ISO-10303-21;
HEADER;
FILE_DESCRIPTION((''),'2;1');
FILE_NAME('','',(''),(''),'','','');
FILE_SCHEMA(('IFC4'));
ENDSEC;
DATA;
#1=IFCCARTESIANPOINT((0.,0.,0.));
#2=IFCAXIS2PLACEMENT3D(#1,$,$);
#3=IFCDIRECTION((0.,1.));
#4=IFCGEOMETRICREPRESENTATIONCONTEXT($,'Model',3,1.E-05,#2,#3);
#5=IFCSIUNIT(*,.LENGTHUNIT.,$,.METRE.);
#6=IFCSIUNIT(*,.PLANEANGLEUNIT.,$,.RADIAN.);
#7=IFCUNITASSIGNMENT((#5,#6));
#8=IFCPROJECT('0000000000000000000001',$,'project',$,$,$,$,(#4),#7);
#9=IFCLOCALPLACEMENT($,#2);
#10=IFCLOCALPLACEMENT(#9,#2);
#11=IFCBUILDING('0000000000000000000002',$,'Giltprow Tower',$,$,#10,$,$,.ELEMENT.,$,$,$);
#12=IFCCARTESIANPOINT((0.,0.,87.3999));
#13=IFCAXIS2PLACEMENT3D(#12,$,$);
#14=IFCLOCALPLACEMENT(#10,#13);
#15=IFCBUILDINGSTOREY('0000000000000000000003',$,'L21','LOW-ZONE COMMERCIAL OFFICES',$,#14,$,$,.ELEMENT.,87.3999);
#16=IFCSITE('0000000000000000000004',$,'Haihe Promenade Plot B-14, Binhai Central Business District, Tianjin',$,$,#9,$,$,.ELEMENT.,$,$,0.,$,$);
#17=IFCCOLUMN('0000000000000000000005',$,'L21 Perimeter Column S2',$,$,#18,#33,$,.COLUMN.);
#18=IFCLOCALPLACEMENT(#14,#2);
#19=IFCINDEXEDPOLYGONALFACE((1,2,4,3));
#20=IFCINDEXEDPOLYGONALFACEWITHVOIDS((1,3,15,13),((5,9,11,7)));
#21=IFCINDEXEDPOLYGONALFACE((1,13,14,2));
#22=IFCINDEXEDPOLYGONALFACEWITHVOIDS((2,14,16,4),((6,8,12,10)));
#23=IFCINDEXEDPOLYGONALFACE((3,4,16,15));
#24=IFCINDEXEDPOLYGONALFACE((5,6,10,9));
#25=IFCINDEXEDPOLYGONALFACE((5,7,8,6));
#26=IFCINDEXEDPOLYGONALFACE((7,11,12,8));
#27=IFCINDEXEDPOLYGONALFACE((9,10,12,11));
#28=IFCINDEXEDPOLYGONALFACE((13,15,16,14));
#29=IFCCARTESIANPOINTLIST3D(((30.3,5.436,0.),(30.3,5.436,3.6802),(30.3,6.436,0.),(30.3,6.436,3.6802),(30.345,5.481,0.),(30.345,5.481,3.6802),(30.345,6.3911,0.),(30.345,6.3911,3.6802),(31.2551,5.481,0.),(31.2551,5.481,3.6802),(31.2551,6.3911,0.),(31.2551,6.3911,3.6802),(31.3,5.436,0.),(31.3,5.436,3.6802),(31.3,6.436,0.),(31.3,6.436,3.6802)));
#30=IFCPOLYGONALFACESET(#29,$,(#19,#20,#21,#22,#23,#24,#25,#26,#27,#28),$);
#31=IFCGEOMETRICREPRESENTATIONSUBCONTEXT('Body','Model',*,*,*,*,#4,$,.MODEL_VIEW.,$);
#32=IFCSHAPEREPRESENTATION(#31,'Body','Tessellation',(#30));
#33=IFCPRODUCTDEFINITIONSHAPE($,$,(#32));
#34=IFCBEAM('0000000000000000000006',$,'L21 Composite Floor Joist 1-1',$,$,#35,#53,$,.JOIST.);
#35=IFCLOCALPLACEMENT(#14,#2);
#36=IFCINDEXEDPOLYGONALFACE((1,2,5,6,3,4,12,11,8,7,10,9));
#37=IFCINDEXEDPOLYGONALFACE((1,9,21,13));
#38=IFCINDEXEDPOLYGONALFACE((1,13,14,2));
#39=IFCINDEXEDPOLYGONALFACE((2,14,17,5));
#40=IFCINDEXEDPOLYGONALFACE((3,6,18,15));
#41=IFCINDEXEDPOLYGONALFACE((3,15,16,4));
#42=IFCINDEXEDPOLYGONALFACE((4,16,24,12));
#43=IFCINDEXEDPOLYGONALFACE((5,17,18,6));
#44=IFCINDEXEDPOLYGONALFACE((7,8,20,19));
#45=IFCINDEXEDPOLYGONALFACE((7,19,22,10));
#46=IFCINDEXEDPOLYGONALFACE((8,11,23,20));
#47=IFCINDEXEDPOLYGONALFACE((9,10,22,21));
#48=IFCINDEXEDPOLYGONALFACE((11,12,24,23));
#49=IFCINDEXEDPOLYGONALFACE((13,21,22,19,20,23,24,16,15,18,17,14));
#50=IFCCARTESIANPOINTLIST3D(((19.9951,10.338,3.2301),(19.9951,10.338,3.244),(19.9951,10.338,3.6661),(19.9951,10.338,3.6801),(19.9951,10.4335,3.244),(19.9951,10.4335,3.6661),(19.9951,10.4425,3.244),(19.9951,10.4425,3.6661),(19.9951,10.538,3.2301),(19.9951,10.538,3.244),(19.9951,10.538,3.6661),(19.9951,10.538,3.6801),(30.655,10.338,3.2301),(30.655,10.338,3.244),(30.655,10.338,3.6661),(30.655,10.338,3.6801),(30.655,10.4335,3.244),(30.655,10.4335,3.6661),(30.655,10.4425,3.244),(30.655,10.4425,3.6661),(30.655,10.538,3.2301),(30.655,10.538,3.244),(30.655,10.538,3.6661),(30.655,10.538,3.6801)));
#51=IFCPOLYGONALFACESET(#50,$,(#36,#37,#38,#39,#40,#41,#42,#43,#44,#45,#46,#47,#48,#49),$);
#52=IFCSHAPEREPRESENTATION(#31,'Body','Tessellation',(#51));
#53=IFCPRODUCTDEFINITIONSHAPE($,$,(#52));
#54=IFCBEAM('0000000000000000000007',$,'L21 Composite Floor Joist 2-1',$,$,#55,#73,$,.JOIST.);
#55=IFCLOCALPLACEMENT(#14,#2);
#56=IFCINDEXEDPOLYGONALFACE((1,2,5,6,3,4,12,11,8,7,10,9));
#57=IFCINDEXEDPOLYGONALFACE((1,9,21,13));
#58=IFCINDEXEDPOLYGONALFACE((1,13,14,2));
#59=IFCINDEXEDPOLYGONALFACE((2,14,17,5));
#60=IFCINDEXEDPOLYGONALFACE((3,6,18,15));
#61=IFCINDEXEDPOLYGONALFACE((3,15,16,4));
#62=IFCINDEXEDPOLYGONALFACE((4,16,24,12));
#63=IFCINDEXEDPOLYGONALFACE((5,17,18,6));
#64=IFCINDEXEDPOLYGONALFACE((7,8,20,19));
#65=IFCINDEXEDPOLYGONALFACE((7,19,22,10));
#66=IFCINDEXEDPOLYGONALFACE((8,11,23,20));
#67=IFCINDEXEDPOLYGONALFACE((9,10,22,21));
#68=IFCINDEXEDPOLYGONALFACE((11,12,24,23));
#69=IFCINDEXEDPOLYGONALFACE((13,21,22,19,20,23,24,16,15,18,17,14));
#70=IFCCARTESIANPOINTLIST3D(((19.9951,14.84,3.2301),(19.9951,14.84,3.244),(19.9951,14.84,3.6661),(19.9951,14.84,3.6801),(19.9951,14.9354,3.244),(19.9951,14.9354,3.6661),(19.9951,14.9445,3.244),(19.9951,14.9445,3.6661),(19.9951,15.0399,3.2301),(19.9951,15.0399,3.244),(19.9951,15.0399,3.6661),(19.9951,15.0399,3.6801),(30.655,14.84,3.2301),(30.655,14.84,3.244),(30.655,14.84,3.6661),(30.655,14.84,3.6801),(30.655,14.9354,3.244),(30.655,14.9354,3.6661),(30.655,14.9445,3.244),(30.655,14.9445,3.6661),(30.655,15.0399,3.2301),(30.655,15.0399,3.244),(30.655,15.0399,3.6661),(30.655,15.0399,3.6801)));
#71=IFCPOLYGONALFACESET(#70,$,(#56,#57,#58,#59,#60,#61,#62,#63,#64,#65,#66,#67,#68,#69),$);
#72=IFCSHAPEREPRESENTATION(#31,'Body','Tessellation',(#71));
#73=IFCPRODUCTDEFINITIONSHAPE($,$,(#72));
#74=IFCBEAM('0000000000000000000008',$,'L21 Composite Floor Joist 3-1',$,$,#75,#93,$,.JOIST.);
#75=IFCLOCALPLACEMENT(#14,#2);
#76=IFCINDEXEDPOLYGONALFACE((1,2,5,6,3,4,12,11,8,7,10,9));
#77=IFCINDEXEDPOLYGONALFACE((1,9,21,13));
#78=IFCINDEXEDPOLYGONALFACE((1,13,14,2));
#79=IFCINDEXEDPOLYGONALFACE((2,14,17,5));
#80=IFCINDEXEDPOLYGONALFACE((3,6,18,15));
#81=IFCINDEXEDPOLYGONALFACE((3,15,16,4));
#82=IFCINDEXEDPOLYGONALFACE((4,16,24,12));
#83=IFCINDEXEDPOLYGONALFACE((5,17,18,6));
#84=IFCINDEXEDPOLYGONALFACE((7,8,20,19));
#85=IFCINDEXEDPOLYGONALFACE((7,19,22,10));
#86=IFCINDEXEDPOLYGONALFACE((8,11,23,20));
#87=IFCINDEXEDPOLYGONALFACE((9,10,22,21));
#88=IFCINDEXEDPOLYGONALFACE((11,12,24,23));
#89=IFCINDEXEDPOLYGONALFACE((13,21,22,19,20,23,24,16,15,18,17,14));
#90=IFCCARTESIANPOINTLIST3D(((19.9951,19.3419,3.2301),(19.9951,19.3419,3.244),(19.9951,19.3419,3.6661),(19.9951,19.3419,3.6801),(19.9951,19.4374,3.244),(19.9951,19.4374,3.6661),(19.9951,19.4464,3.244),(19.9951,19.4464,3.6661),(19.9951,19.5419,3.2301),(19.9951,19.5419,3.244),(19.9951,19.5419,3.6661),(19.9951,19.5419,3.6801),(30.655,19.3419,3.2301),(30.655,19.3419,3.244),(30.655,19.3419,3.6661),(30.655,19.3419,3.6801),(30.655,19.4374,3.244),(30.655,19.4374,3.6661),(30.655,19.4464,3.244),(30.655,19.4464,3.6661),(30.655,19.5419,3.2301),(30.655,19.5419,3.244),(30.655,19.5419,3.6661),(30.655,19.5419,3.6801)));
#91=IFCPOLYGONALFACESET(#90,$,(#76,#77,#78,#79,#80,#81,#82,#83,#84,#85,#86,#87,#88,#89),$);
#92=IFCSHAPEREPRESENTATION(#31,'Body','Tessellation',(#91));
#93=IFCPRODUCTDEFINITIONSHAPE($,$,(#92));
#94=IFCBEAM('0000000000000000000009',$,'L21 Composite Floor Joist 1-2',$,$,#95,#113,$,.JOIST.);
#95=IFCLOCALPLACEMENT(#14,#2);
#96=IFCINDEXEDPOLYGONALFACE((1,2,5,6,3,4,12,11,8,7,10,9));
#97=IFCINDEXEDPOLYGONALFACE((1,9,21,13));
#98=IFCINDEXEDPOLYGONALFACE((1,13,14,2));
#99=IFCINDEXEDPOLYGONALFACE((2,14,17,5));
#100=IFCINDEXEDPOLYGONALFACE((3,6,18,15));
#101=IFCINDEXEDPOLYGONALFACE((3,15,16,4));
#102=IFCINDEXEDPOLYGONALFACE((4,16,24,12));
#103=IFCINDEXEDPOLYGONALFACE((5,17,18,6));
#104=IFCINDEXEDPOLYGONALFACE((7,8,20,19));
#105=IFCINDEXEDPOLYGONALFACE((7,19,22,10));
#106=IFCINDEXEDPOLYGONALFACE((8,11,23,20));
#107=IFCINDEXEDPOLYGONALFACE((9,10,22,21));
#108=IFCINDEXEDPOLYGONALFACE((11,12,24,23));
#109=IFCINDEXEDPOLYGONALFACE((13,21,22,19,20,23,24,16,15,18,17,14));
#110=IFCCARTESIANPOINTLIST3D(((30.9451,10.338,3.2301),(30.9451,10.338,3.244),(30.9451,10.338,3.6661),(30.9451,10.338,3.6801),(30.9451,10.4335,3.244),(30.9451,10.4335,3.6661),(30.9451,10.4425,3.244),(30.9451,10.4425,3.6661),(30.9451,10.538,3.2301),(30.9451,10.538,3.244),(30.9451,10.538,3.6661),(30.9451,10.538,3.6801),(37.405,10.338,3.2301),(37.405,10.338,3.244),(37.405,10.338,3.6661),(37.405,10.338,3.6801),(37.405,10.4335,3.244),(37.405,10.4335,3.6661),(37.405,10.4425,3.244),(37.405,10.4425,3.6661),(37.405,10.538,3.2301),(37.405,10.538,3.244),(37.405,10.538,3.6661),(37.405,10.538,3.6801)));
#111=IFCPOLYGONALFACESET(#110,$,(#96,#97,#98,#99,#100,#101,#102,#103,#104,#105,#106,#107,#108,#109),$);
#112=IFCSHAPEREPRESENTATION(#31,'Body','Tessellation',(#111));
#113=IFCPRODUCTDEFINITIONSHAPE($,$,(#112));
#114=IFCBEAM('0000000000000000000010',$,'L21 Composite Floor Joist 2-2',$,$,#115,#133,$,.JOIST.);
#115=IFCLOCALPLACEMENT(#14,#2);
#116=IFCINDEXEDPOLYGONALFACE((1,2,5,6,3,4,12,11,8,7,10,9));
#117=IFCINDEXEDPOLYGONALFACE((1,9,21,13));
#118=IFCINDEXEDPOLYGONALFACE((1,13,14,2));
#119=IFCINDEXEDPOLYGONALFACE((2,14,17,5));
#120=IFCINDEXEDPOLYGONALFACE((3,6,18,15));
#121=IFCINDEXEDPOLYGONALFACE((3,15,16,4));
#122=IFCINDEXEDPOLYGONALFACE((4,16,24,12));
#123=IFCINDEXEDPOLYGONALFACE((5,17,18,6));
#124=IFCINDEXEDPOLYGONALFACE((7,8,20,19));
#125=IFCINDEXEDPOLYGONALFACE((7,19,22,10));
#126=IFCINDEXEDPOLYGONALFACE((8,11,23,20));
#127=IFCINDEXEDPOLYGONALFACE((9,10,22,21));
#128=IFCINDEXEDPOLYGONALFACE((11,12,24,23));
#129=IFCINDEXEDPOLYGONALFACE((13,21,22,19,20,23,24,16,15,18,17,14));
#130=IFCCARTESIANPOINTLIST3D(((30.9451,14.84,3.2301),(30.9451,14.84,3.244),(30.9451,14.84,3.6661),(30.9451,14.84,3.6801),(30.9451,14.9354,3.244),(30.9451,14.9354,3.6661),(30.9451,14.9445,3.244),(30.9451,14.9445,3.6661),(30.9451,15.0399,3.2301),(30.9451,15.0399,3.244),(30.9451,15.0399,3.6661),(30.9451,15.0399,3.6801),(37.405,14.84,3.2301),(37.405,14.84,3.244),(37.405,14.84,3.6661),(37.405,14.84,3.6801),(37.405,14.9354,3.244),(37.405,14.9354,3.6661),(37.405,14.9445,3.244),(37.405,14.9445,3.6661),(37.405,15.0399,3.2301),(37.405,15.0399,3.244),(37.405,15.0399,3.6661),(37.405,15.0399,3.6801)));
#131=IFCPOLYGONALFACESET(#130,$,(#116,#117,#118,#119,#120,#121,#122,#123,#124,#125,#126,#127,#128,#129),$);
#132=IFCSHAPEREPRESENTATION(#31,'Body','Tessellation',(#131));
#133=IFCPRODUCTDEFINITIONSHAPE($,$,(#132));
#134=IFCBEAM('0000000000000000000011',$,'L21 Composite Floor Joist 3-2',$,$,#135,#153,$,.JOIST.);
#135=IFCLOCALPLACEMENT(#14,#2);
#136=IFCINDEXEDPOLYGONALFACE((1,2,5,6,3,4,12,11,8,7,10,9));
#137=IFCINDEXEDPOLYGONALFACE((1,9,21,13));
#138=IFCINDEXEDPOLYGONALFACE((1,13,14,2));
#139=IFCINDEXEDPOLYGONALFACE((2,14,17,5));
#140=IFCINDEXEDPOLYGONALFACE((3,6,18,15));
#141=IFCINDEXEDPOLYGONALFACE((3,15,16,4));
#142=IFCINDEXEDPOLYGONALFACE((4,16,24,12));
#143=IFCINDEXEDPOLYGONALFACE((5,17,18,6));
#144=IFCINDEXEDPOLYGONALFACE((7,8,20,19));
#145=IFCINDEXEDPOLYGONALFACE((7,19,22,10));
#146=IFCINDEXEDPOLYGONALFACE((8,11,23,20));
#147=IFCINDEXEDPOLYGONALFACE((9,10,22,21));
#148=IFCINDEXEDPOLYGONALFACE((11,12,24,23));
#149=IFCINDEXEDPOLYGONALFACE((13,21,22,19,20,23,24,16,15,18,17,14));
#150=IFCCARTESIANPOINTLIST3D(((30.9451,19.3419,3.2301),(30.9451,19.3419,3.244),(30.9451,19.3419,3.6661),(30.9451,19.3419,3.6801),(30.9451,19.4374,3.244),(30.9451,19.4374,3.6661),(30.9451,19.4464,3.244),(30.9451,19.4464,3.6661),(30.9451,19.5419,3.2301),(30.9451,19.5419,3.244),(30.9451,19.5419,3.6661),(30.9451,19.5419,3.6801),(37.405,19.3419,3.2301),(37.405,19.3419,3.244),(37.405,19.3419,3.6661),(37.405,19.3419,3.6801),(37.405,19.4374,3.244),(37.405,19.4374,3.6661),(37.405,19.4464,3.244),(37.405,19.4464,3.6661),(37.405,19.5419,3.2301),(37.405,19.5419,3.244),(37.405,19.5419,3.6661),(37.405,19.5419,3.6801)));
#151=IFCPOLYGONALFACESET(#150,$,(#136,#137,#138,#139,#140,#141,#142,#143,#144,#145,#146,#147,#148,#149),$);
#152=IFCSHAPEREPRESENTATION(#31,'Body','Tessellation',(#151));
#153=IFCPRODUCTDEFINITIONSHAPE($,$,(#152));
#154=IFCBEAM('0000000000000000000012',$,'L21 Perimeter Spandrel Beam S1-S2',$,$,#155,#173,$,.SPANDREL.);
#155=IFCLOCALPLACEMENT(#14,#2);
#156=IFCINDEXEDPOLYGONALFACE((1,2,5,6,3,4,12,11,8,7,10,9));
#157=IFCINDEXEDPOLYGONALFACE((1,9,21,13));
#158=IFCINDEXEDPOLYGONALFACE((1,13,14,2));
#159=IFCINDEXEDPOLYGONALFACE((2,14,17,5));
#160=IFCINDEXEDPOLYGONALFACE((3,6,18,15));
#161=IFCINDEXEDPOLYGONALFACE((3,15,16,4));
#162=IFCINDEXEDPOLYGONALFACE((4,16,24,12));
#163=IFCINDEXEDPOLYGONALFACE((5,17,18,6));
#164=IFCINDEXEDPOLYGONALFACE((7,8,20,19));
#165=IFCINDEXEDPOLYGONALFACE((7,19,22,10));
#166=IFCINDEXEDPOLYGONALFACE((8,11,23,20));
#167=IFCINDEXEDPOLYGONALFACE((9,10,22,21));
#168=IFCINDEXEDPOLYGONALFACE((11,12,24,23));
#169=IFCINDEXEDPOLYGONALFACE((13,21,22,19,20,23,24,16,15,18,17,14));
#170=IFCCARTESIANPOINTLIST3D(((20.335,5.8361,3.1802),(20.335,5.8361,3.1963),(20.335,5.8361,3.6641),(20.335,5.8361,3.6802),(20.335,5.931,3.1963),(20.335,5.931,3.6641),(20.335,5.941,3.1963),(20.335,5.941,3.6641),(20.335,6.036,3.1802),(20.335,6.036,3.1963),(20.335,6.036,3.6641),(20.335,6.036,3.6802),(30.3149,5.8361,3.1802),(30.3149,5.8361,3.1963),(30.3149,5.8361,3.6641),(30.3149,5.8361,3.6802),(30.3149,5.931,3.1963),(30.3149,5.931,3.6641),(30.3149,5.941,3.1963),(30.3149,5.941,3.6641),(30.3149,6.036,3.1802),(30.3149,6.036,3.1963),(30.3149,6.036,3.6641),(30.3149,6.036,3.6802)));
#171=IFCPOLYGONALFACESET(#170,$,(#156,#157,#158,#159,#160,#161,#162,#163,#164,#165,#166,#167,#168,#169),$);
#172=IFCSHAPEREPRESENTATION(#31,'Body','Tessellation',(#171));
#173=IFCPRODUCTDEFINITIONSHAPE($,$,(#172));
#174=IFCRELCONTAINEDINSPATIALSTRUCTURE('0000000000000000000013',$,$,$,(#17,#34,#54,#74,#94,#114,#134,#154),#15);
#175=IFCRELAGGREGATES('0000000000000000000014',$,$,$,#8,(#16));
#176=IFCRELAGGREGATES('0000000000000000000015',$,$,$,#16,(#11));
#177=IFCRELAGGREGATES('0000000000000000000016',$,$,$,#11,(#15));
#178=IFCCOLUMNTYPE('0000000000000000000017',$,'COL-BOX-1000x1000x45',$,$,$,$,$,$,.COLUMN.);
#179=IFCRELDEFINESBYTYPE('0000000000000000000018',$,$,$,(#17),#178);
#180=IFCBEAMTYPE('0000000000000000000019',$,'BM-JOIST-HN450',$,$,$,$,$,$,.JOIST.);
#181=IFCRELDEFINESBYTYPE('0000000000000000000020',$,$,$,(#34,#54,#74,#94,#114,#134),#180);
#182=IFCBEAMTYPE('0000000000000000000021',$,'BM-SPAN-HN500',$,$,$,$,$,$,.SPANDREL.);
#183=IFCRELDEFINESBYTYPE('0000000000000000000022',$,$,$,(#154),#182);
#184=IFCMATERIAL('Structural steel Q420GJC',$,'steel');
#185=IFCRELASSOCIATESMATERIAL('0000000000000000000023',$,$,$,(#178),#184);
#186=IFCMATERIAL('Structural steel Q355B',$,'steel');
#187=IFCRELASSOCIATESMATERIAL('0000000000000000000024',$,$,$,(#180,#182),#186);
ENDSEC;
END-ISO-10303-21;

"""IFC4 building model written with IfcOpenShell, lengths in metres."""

from ifc_helpers import new_model, si_unit, direction, frame, origin, origin_2d, place, context, subcontext, project, spatial, hollow_rectangle, i_section, extrude, source, transform, mapped, material, material_profile, profile_set, type_object, element, save


model = new_model("IFC4")

# Units and contexts
model_context = context("Model", 3, precision=1e-05, world=origin(), true_north=direction((0.0, 1.0)))
body_context = subcontext(model_context, "Body", "Model", "MODEL_VIEW")
ifc_project = project(units=[si_unit("LENGTHUNIT", "METRE"), si_unit("PLANEANGLEUNIT", "RADIAN")], contexts=[model_context])

# Site, building, storey
site_placement = place(None, origin())
site = spatial("IfcSite", under=ifc_project, at=site_placement, Name="Haihe Promenade Plot B-14, Binhai Central Business District, Tianjin", CompositionType="ELEMENT", RefElevation=0.0)
building_placement = place(site_placement, origin())
building = spatial("IfcBuilding", under=site, at=building_placement, Name="Giltprow Tower", CompositionType="ELEMENT")
storey_placement = place(building_placement, frame((0.0, 0.0, 87.3999)))
storey = spatial("IfcBuildingStorey", under=building, at=storey_placement, Name="L21", Description="LOW-ZONE COMMERCIAL OFFICES", CompositionType="ELEMENT", Elevation=87.3999)

# Column
ifc_material_1 = material(Name="Structural steel Q420GJC", Category="steel")
ifc_material_profile_1 = material_profile(ifc_material_1, hollow_rectangle(XDim=1.0, YDim=1.0, WallThickness=0.0449, at=origin_2d()), Name="BOX 1000x1000x45")
ifc_profile_set_1 = profile_set([ifc_material_profile_1], Name="Structural steel Q420GJC")
column_type = type_object("IfcColumnType", Name="COL-BOX-1000x1000x45", PredefinedType="COLUMN", material=ifc_profile_set_1)
shared_shape_1 = source(origin(), body_context, "Body", "SweptSolid", [
    extrude(hollow_rectangle(XDim=1.0, YDim=1.0, WallThickness=0.0449, at=origin_2d()), origin(), (0.0, 0.0, 1.0), 3.6802),
])
column_placement = place(storey_placement, frame((30.8, 5.936, 0.0), z_axis=(0.0, 0.0, 1.0), x_axis=(1.0, 0.0, 0.0)))
element("IfcColumn", 1, at=column_placement, inside=storey, type_object=column_type, Name="L21 Perimeter Column S2", PredefinedType="COLUMN", context=body_context, shape_type="MappedRepresentation", body=[
    mapped(shared_shape_1, transform((0.0, 0.0, 0.0), x_axis=(1.0, 0.0, 0.0), y_axis=(0.0, 1.0, 0.0), z_axis=(0.0, 0.0, 1.0), scale=1.0)),
])

# Beams
ifc_material_2 = material(Name="Structural steel Q355B", Category="steel")
ifc_material_profile_2 = material_profile(ifc_material_2, i_section(OverallWidth=0.2, OverallDepth=0.45, WebThickness=0.009, FlangeThickness=0.0139, at=origin_2d()), Name="HN 450x200x9x14")
ifc_profile_set_2 = profile_set([ifc_material_profile_2], Name="Structural steel Q355B")
beam_type_1 = type_object("IfcBeamType", Name="BM-JOIST-HN450", PredefinedType="JOIST", material=ifc_profile_set_2)
shared_shape_2 = source(origin(), body_context, "Body", "SweptSolid", [
    extrude(i_section(OverallWidth=0.2, OverallDepth=0.45, WebThickness=0.009, FlangeThickness=0.0139, at=origin_2d()), origin(), (0.0, 0.0, 1.0), 10.6599),
])
for number, where, z_axis, x_axis, name in (
    (2, (19.9951, 10.438, 3.4551), (1.0, 0.0, 0.0), (0.0, 1.0, 0.0), "L21 Composite Floor Joist 1-1"),
    (3, (19.9951, 14.9399, 3.4551), (1.0, 0.0, 0.0), (0.0, 1.0, 0.0), "L21 Composite Floor Joist 2-1"),
    (4, (19.9951, 19.4419, 3.4551), (1.0, 0.0, 0.0), (0.0, 1.0, 0.0), "L21 Composite Floor Joist 3-1"),
):
    element("IfcBeam", number, at=place(storey_placement, frame(where, z_axis=z_axis, x_axis=x_axis)), inside=storey, type_object=beam_type_1, Name=name, PredefinedType="JOIST", context=body_context, shape_type="MappedRepresentation", body=[
        mapped(shared_shape_2, transform((0.0, 0.0, 0.0), x_axis=(1.0, 0.0, 0.0), y_axis=(0.0, 1.0, 0.0), z_axis=(0.0, 0.0, 1.0), scale=1.0)),
    ])
shared_shape_3 = source(origin(), body_context, "Body", "SweptSolid", [
    extrude(i_section(OverallWidth=0.2, OverallDepth=0.45, WebThickness=0.009, FlangeThickness=0.0139, at=origin_2d()), origin(), (0.0, 0.0, 1.0), 6.46),
])
for number, where, z_axis, x_axis, name in (
    (5, (30.9451, 10.438, 3.4551), (1.0, 0.0, 0.0), (0.0, 1.0, 0.0), "L21 Composite Floor Joist 1-2"),
    (6, (30.9451, 14.9399, 3.4551), (1.0, 0.0, 0.0), (0.0, 1.0, 0.0), "L21 Composite Floor Joist 2-2"),
    (7, (30.9451, 19.4419, 3.4551), (1.0, 0.0, 0.0), (0.0, 1.0, 0.0), "L21 Composite Floor Joist 3-2"),
):
    element("IfcBeam", number, at=place(storey_placement, frame(where, z_axis=z_axis, x_axis=x_axis)), inside=storey, type_object=beam_type_1, Name=name, PredefinedType="JOIST", context=body_context, shape_type="MappedRepresentation", body=[
        mapped(shared_shape_3, transform((0.0, 0.0, 0.0), x_axis=(1.0, 0.0, 0.0), y_axis=(0.0, 1.0, 0.0), z_axis=(0.0, 0.0, 1.0), scale=1.0)),
    ])
ifc_material_profile_3 = material_profile(ifc_material_2, i_section(OverallWidth=0.2, OverallDepth=0.5, WebThickness=0.01, FlangeThickness=0.0161, at=origin_2d()), Name="HN 500x200x10x16")
ifc_profile_set_3 = profile_set([ifc_material_profile_3], Name="Structural steel Q355B")
beam_type_2 = type_object("IfcBeamType", Name="BM-SPAN-HN500", PredefinedType="SPANDREL", material=ifc_profile_set_3)
shared_shape_4 = source(origin(), body_context, "Body", "SweptSolid", [
    extrude(i_section(OverallWidth=0.2, OverallDepth=0.5, WebThickness=0.01, FlangeThickness=0.0161, at=origin_2d()), origin(), (0.0, 0.0, 1.0), 9.98),
])
beam_placement = place(storey_placement, frame((20.335, 5.936, 3.4302), z_axis=(1.0, 0.0, 0.0), x_axis=(0.0, 1.0, 0.0)))
element("IfcBeam", 8, at=beam_placement, inside=storey, type_object=beam_type_2, Name="L21 Perimeter Spandrel Beam S1-S2", PredefinedType="SPANDREL", context=body_context, shape_type="MappedRepresentation", body=[
    mapped(shared_shape_4, transform((0.0, 0.0, 0.0), x_axis=(1.0, 0.0, 0.0), y_axis=(0.0, 1.0, 0.0), z_axis=(0.0, 0.0, 1.0), scale=1.0)),
])

save(model, "model.ifc")
